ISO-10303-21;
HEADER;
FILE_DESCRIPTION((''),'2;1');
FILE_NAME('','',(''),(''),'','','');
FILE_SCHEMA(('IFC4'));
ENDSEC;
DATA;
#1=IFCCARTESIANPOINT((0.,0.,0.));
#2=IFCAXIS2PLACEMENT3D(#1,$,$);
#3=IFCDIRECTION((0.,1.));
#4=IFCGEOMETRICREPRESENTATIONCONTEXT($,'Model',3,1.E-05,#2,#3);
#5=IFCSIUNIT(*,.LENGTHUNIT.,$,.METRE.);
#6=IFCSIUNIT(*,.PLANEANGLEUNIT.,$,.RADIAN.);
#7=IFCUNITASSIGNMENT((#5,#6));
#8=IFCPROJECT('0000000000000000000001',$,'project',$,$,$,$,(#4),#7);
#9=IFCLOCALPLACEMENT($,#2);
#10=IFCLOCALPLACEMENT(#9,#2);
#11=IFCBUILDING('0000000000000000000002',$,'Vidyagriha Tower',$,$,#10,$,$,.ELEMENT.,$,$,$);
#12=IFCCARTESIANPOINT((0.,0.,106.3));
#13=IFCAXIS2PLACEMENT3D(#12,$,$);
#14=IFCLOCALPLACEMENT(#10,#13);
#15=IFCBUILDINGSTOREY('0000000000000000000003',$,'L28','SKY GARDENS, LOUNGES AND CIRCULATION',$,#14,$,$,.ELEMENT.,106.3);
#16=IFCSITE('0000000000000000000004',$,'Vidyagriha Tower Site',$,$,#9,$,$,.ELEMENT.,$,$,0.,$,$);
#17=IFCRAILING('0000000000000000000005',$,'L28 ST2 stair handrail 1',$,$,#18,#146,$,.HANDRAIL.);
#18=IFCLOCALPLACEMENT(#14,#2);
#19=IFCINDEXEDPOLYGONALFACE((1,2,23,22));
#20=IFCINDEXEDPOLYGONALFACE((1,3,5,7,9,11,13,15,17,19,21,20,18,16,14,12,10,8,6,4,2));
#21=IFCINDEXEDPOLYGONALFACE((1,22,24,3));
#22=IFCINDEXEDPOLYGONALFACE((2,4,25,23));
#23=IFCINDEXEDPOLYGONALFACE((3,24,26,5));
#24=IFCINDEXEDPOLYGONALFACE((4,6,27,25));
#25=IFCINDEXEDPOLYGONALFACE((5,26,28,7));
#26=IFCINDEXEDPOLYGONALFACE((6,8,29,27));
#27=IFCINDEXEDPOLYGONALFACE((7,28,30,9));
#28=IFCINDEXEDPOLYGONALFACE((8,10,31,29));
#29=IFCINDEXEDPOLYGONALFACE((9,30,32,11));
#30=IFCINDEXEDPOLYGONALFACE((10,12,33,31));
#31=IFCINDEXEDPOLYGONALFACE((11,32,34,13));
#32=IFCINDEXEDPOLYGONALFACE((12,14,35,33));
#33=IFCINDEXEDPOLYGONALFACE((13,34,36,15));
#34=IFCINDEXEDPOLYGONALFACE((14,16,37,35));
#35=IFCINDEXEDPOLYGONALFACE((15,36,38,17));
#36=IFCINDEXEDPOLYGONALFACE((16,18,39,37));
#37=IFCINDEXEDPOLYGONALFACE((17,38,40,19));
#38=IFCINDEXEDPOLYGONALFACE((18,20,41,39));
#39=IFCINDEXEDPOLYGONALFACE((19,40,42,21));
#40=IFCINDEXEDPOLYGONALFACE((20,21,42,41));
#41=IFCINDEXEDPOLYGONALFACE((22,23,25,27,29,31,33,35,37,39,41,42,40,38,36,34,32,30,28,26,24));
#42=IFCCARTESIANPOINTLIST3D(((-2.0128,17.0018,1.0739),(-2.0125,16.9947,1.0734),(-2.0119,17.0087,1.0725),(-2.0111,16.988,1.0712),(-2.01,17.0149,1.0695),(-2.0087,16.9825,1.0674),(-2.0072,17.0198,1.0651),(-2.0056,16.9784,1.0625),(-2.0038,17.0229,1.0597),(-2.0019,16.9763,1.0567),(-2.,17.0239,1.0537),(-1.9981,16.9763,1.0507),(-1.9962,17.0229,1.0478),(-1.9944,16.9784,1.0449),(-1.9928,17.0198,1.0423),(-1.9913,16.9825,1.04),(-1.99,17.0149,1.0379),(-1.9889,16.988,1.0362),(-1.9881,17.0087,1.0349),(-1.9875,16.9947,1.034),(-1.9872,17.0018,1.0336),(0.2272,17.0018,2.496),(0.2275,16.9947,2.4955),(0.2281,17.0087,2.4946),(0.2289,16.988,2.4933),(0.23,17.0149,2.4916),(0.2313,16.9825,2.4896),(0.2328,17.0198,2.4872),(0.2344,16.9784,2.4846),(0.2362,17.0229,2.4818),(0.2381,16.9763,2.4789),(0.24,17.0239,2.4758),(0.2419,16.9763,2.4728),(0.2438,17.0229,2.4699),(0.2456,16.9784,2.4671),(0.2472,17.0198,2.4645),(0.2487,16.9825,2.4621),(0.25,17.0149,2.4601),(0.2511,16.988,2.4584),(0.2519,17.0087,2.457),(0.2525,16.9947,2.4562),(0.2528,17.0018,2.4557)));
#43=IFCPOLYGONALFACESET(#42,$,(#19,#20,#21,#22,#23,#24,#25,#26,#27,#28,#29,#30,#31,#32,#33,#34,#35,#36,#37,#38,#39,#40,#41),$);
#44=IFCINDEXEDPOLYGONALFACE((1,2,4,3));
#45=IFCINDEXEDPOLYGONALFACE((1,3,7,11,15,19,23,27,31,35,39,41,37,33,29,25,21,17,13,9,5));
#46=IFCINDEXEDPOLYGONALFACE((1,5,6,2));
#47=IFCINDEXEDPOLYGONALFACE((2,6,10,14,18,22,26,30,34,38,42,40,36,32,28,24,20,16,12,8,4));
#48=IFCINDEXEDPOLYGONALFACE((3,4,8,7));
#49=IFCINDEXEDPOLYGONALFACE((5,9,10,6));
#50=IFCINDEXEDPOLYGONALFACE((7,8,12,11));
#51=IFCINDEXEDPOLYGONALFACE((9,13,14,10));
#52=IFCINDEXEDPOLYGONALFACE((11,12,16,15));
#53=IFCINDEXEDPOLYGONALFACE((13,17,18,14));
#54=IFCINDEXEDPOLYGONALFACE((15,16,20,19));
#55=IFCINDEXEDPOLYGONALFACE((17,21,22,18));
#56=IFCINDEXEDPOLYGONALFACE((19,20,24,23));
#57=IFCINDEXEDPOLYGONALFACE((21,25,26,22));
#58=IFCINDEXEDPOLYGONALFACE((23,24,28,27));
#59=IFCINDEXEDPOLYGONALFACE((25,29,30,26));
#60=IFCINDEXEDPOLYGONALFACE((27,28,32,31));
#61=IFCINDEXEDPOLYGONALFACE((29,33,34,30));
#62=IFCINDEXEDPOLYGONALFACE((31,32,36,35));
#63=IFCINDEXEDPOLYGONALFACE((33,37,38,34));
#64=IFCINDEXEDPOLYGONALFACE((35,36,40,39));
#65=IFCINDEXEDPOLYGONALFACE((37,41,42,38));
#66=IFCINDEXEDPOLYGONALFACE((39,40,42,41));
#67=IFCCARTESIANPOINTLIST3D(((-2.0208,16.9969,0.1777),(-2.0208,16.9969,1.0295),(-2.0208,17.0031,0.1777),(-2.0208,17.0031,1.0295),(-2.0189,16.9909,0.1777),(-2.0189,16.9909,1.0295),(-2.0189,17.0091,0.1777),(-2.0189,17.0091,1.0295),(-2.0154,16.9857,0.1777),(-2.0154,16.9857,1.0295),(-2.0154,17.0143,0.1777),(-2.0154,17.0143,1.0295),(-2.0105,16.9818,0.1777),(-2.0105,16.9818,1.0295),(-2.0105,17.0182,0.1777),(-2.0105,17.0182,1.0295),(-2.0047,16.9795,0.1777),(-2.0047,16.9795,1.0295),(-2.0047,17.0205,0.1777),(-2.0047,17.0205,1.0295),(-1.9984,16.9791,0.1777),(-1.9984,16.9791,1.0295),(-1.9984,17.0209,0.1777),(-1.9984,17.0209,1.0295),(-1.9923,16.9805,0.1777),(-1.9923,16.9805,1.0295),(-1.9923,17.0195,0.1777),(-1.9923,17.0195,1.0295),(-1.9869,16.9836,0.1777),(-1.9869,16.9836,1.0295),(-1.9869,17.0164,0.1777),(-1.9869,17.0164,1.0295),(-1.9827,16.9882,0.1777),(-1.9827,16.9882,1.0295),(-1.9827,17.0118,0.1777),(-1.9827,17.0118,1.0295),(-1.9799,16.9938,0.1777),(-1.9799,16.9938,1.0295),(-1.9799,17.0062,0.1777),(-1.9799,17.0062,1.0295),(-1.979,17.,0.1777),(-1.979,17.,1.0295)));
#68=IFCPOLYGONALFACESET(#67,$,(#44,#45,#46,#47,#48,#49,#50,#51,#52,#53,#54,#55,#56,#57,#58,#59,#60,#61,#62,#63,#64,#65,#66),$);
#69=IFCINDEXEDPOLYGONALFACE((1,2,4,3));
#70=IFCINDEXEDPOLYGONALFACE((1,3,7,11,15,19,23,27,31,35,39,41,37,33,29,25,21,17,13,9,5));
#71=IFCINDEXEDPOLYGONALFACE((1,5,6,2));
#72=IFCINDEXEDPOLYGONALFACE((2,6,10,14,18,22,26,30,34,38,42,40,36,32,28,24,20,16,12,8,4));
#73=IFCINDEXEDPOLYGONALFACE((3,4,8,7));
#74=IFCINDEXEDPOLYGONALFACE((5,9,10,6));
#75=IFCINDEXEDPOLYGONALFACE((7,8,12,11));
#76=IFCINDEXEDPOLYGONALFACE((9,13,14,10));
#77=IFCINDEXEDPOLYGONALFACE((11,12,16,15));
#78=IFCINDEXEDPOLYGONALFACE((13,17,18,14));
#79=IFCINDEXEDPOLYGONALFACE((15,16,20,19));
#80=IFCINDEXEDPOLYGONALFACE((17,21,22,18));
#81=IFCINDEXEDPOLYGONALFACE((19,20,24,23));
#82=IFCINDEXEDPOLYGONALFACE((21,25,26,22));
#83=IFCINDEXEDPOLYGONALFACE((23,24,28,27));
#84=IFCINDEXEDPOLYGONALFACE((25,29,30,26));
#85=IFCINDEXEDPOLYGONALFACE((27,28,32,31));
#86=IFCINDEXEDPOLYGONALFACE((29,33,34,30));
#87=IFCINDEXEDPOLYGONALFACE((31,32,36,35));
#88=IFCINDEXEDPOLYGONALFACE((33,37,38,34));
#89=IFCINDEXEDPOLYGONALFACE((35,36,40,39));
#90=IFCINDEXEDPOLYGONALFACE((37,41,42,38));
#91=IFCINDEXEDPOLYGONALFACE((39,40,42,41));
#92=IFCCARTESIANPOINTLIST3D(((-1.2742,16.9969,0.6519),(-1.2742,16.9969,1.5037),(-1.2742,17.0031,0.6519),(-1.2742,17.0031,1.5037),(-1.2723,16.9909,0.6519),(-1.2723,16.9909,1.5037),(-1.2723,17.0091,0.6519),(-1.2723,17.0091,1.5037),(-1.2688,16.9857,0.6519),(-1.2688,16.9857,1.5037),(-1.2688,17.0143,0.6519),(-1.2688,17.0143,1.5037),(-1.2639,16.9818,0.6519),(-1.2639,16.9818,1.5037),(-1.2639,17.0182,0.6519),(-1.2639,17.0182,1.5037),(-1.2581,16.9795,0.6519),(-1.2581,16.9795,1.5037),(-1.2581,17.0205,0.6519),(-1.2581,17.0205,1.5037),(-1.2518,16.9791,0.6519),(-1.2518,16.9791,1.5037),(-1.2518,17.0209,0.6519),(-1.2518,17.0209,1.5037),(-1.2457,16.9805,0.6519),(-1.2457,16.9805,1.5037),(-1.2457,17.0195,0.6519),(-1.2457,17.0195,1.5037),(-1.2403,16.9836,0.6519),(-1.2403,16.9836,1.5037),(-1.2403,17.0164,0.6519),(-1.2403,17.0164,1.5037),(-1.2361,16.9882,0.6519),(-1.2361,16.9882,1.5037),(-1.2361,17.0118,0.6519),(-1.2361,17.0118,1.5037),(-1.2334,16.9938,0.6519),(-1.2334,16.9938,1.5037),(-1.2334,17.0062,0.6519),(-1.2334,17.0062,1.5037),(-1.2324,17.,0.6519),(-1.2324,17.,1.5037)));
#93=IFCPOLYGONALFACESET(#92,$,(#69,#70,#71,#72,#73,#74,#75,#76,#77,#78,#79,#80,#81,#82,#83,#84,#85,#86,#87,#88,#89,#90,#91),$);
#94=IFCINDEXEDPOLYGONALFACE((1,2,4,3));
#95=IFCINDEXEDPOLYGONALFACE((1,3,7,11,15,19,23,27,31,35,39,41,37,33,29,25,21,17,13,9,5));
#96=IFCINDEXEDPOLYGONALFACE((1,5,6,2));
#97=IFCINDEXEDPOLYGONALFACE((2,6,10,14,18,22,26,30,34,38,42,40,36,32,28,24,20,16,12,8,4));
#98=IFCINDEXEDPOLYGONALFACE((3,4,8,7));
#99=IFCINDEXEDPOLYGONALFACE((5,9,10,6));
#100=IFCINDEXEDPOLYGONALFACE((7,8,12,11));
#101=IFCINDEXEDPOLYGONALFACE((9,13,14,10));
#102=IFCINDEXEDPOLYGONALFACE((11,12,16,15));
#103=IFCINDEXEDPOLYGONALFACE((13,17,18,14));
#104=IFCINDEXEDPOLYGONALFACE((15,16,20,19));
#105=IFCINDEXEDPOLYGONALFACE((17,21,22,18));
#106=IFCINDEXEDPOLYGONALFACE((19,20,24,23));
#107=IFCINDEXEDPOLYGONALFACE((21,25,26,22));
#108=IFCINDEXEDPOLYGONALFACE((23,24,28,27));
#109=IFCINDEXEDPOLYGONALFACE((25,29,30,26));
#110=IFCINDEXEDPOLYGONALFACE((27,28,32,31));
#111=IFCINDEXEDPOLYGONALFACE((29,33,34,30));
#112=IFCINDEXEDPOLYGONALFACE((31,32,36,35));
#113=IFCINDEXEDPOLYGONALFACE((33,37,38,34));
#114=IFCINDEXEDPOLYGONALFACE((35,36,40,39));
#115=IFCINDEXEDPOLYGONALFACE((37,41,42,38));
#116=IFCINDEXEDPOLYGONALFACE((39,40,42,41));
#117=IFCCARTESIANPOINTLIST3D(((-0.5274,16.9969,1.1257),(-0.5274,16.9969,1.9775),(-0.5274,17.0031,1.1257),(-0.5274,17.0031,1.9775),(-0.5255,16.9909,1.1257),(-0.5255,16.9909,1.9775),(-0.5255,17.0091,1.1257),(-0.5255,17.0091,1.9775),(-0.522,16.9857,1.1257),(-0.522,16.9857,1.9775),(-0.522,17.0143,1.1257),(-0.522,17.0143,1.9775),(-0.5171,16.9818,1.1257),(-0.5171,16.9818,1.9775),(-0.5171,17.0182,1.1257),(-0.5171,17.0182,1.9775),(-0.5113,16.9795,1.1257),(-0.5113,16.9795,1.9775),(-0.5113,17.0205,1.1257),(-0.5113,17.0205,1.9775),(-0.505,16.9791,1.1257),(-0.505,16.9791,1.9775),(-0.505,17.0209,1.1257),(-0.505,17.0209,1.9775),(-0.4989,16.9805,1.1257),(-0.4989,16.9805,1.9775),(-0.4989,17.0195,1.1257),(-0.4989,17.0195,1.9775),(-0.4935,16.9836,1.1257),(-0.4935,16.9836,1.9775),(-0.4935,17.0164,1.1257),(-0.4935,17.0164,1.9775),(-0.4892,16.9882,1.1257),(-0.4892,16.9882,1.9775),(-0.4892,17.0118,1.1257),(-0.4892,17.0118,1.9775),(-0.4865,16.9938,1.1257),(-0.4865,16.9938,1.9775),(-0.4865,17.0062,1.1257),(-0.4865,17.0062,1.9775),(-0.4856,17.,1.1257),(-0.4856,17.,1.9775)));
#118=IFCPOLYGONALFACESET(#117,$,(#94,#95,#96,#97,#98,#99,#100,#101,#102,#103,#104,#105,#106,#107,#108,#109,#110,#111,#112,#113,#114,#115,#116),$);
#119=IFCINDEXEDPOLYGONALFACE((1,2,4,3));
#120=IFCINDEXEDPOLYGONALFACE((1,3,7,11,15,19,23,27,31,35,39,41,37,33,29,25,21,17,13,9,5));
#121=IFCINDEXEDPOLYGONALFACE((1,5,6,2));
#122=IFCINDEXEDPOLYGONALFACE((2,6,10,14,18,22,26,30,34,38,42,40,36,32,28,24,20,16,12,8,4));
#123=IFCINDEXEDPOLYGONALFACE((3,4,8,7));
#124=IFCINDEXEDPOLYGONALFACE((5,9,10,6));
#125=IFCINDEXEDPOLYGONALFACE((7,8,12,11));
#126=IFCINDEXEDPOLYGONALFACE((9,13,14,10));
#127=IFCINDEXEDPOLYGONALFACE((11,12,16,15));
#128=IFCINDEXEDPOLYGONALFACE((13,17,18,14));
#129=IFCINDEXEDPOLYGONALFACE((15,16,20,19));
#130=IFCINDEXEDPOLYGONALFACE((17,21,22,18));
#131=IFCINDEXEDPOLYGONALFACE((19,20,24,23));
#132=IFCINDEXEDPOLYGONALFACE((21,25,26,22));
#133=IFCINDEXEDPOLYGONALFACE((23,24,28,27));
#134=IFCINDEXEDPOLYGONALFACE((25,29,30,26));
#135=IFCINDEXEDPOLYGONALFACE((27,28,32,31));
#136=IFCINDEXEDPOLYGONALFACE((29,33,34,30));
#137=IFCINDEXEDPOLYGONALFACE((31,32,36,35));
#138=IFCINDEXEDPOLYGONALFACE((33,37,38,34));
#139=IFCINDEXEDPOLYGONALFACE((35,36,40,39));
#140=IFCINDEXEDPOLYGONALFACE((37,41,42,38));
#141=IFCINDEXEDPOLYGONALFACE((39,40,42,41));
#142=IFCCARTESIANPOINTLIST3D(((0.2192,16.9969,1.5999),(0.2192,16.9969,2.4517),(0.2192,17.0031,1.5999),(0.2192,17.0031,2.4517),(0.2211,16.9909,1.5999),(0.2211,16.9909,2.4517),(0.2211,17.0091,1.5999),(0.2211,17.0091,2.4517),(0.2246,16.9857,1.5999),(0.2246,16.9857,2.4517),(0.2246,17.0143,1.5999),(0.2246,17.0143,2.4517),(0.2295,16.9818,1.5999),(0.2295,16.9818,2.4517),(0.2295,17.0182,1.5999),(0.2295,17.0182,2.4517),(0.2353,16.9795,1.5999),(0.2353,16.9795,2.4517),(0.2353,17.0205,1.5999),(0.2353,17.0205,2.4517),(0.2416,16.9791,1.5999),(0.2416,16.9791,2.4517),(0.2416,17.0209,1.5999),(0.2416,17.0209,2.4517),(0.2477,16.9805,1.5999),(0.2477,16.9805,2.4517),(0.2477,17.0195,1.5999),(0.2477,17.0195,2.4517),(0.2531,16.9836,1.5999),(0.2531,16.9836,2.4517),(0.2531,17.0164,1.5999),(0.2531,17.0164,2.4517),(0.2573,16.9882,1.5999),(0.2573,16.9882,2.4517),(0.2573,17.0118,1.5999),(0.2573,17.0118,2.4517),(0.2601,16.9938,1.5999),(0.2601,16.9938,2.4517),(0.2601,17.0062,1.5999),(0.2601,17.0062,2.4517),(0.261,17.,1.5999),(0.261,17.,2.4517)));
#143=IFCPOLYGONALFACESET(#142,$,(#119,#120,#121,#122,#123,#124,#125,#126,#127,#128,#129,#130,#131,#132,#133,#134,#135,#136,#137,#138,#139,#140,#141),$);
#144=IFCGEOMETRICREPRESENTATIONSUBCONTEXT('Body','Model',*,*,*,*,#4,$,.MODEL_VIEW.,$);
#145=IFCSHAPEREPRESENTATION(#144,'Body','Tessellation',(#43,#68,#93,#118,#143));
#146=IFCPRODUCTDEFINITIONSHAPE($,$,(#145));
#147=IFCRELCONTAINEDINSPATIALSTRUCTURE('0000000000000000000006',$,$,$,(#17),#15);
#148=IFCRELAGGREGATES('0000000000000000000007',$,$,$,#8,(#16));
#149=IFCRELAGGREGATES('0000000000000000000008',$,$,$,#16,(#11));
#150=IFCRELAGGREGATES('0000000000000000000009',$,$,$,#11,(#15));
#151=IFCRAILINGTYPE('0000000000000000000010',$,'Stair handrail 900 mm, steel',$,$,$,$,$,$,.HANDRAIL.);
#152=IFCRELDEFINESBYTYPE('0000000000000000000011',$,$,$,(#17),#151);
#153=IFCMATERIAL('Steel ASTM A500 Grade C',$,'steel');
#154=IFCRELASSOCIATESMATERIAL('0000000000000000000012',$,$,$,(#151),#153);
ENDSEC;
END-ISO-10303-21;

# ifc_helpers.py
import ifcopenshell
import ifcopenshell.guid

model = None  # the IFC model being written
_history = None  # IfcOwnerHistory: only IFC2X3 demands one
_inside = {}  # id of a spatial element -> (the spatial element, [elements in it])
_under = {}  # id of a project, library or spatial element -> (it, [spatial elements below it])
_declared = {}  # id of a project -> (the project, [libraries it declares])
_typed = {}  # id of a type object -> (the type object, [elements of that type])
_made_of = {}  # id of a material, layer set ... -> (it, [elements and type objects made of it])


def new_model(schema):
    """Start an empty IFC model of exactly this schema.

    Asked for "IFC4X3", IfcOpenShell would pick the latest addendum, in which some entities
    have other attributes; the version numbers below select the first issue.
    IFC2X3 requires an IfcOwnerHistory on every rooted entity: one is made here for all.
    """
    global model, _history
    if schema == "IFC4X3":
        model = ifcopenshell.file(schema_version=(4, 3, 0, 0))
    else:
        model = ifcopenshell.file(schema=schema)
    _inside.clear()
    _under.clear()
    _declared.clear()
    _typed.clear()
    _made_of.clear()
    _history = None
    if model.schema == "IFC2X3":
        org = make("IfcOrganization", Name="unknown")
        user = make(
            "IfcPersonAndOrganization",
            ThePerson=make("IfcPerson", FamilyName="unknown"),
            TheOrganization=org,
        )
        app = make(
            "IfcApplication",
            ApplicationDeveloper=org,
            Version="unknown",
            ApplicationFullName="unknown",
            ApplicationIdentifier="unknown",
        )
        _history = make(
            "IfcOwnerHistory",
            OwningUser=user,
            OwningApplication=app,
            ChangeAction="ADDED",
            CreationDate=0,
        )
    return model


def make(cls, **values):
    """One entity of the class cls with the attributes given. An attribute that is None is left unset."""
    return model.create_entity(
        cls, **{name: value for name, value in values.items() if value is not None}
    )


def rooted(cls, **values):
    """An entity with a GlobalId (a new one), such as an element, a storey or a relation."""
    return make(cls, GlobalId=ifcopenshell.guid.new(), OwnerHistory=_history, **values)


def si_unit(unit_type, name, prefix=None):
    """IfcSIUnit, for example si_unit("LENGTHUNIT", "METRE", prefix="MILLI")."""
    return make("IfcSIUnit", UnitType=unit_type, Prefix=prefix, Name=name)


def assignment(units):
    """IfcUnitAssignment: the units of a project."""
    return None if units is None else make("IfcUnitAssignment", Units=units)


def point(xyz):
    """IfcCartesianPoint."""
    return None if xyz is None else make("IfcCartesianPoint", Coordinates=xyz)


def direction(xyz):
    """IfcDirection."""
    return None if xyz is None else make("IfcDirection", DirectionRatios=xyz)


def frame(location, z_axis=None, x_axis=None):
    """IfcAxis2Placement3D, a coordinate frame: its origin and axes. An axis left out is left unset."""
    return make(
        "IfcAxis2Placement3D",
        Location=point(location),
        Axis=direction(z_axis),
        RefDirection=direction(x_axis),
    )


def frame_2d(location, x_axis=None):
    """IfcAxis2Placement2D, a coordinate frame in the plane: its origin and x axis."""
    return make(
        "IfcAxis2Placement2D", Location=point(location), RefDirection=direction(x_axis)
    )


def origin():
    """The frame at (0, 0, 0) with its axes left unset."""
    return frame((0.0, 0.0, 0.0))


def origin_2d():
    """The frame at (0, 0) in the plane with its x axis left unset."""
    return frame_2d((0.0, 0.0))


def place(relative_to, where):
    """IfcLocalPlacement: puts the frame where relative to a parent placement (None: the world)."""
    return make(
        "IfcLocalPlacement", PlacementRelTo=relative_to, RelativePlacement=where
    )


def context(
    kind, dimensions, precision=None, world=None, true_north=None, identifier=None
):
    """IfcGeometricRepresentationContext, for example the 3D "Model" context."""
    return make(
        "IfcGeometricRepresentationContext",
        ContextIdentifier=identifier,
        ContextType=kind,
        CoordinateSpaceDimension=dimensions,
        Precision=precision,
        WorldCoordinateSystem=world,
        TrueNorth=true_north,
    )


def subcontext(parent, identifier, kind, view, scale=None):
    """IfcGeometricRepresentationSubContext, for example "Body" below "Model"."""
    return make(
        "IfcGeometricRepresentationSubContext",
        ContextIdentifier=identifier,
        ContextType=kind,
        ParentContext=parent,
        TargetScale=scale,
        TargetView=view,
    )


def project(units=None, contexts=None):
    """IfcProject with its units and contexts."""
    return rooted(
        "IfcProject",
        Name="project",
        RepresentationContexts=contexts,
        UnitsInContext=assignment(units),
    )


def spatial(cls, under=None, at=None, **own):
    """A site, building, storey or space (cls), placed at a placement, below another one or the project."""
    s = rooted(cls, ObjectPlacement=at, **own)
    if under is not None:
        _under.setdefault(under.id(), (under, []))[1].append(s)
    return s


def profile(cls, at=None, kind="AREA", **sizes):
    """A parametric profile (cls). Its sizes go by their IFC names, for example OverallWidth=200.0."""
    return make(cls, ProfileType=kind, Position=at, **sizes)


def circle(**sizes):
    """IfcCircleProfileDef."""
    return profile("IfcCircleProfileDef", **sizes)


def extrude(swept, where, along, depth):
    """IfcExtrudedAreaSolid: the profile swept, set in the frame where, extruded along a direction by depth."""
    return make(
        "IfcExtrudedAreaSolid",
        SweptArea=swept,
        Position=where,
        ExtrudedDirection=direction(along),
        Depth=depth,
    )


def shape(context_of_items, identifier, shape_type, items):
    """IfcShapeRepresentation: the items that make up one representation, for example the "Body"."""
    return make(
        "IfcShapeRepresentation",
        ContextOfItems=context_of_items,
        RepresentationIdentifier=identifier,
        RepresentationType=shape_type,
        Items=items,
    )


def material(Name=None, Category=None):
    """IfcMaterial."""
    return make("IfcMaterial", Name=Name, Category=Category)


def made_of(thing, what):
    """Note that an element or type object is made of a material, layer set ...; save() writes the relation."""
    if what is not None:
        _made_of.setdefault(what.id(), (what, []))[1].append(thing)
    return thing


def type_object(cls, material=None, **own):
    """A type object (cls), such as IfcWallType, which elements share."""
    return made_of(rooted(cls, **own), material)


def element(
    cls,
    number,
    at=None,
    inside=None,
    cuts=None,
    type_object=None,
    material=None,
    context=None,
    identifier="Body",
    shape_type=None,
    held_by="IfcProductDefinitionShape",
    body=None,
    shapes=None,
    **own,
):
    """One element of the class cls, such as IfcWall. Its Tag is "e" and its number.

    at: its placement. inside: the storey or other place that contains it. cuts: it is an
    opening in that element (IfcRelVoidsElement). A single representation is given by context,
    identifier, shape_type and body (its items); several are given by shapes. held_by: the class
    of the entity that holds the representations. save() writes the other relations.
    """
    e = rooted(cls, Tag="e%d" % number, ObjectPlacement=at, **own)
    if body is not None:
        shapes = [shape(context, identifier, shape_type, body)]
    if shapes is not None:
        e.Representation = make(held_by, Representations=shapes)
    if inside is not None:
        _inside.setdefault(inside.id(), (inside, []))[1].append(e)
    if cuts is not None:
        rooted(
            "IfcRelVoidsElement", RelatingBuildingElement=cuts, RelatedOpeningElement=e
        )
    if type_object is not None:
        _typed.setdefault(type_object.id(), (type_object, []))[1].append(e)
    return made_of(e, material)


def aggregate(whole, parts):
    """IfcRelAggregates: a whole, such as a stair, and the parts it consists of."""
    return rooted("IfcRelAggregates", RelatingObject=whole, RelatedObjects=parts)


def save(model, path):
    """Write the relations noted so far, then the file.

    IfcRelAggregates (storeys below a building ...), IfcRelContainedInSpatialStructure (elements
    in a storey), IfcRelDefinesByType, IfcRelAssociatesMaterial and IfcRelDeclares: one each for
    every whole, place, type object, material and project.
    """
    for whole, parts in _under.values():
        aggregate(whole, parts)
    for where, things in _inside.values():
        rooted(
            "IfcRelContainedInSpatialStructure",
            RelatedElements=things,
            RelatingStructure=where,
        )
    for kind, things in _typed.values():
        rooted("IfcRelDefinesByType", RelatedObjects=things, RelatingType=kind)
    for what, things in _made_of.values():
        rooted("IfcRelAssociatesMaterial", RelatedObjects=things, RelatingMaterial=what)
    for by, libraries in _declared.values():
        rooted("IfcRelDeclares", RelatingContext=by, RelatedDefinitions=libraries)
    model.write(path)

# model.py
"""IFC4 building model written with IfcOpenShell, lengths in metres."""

from ifc_helpers import new_model, si_unit, direction, frame, origin, origin_2d, place, context, subcontext, project, spatial, circle, extrude, material, type_object, element, save


model = new_model("IFC4")

# Units and contexts
model_context = context("Model", 3, precision=1e-05, world=origin(), true_north=direction((0.0, 1.0)))
body_context = subcontext(model_context, "Body", "Model", "MODEL_VIEW")
ifc_project = project(units=[si_unit("LENGTHUNIT", "METRE"), si_unit("PLANEANGLEUNIT", "RADIAN")], contexts=[model_context])

# Site, building, storey
site_placement = place(None, origin())
site = spatial("IfcSite", under=ifc_project, at=site_placement, Name="Vidyagriha Tower Site", CompositionType="ELEMENT", RefElevation=0.0)
building_placement = place(site_placement, origin())
building = spatial("IfcBuilding", under=site, at=building_placement, Name="Vidyagriha Tower", CompositionType="ELEMENT")
storey_placement = place(building_placement, frame((0.0, 0.0, 106.3)))
storey = spatial("IfcBuildingStorey", under=building, at=storey_placement, Name="L28", Description="SKY GARDENS, LOUNGES AND CIRCULATION", CompositionType="ELEMENT", Elevation=106.3)

# Railing
ifc_material_1 = material(Name="Steel ASTM A500 Grade C", Category="steel")
railing_type_1 = type_object("IfcRailingType", Name="Stair handrail 900 mm, steel", PredefinedType="HANDRAIL", material=ifc_material_1)
railing_1_placement = place(storey_placement, frame((-2.0, 17.0, 0.1777)))
element("IfcRailing", 1, at=railing_1_placement, inside=storey, type_object=railing_type_1, Name="L28 ST2 stair handrail 1", PredefinedType="HANDRAIL", context=body_context, shape_type="SweptSolid", body=[
    extrude(circle(Radius=0.0239, at=origin_2d()), frame((0.0, 0.0, 0.876), z_axis=(0.844229, 0.0, 0.535982), x_axis=(0.0, 1.0, 0.0)), (0.0, 0.0, 1.0), 2.6533),
    extrude(circle(Radius=0.021, at=origin_2d()), origin(), (0.0, 0.0, 1.0), 0.8518),
    extrude(circle(Radius=0.021, at=origin_2d()), frame((0.7466, 0.0, 0.4741)), (0.0, 0.0, 1.0), 0.8518),
    extrude(circle(Radius=0.021, at=origin_2d()), frame((1.4934, 0.0, 0.948)), (0.0, 0.0, 1.0), 0.8518),
    extrude(circle(Radius=0.021, at=origin_2d()), frame((2.24, 0.0, 1.4221)), (0.0, 0.0, 1.0), 0.8518),
])

save(model, "model.ifc")
